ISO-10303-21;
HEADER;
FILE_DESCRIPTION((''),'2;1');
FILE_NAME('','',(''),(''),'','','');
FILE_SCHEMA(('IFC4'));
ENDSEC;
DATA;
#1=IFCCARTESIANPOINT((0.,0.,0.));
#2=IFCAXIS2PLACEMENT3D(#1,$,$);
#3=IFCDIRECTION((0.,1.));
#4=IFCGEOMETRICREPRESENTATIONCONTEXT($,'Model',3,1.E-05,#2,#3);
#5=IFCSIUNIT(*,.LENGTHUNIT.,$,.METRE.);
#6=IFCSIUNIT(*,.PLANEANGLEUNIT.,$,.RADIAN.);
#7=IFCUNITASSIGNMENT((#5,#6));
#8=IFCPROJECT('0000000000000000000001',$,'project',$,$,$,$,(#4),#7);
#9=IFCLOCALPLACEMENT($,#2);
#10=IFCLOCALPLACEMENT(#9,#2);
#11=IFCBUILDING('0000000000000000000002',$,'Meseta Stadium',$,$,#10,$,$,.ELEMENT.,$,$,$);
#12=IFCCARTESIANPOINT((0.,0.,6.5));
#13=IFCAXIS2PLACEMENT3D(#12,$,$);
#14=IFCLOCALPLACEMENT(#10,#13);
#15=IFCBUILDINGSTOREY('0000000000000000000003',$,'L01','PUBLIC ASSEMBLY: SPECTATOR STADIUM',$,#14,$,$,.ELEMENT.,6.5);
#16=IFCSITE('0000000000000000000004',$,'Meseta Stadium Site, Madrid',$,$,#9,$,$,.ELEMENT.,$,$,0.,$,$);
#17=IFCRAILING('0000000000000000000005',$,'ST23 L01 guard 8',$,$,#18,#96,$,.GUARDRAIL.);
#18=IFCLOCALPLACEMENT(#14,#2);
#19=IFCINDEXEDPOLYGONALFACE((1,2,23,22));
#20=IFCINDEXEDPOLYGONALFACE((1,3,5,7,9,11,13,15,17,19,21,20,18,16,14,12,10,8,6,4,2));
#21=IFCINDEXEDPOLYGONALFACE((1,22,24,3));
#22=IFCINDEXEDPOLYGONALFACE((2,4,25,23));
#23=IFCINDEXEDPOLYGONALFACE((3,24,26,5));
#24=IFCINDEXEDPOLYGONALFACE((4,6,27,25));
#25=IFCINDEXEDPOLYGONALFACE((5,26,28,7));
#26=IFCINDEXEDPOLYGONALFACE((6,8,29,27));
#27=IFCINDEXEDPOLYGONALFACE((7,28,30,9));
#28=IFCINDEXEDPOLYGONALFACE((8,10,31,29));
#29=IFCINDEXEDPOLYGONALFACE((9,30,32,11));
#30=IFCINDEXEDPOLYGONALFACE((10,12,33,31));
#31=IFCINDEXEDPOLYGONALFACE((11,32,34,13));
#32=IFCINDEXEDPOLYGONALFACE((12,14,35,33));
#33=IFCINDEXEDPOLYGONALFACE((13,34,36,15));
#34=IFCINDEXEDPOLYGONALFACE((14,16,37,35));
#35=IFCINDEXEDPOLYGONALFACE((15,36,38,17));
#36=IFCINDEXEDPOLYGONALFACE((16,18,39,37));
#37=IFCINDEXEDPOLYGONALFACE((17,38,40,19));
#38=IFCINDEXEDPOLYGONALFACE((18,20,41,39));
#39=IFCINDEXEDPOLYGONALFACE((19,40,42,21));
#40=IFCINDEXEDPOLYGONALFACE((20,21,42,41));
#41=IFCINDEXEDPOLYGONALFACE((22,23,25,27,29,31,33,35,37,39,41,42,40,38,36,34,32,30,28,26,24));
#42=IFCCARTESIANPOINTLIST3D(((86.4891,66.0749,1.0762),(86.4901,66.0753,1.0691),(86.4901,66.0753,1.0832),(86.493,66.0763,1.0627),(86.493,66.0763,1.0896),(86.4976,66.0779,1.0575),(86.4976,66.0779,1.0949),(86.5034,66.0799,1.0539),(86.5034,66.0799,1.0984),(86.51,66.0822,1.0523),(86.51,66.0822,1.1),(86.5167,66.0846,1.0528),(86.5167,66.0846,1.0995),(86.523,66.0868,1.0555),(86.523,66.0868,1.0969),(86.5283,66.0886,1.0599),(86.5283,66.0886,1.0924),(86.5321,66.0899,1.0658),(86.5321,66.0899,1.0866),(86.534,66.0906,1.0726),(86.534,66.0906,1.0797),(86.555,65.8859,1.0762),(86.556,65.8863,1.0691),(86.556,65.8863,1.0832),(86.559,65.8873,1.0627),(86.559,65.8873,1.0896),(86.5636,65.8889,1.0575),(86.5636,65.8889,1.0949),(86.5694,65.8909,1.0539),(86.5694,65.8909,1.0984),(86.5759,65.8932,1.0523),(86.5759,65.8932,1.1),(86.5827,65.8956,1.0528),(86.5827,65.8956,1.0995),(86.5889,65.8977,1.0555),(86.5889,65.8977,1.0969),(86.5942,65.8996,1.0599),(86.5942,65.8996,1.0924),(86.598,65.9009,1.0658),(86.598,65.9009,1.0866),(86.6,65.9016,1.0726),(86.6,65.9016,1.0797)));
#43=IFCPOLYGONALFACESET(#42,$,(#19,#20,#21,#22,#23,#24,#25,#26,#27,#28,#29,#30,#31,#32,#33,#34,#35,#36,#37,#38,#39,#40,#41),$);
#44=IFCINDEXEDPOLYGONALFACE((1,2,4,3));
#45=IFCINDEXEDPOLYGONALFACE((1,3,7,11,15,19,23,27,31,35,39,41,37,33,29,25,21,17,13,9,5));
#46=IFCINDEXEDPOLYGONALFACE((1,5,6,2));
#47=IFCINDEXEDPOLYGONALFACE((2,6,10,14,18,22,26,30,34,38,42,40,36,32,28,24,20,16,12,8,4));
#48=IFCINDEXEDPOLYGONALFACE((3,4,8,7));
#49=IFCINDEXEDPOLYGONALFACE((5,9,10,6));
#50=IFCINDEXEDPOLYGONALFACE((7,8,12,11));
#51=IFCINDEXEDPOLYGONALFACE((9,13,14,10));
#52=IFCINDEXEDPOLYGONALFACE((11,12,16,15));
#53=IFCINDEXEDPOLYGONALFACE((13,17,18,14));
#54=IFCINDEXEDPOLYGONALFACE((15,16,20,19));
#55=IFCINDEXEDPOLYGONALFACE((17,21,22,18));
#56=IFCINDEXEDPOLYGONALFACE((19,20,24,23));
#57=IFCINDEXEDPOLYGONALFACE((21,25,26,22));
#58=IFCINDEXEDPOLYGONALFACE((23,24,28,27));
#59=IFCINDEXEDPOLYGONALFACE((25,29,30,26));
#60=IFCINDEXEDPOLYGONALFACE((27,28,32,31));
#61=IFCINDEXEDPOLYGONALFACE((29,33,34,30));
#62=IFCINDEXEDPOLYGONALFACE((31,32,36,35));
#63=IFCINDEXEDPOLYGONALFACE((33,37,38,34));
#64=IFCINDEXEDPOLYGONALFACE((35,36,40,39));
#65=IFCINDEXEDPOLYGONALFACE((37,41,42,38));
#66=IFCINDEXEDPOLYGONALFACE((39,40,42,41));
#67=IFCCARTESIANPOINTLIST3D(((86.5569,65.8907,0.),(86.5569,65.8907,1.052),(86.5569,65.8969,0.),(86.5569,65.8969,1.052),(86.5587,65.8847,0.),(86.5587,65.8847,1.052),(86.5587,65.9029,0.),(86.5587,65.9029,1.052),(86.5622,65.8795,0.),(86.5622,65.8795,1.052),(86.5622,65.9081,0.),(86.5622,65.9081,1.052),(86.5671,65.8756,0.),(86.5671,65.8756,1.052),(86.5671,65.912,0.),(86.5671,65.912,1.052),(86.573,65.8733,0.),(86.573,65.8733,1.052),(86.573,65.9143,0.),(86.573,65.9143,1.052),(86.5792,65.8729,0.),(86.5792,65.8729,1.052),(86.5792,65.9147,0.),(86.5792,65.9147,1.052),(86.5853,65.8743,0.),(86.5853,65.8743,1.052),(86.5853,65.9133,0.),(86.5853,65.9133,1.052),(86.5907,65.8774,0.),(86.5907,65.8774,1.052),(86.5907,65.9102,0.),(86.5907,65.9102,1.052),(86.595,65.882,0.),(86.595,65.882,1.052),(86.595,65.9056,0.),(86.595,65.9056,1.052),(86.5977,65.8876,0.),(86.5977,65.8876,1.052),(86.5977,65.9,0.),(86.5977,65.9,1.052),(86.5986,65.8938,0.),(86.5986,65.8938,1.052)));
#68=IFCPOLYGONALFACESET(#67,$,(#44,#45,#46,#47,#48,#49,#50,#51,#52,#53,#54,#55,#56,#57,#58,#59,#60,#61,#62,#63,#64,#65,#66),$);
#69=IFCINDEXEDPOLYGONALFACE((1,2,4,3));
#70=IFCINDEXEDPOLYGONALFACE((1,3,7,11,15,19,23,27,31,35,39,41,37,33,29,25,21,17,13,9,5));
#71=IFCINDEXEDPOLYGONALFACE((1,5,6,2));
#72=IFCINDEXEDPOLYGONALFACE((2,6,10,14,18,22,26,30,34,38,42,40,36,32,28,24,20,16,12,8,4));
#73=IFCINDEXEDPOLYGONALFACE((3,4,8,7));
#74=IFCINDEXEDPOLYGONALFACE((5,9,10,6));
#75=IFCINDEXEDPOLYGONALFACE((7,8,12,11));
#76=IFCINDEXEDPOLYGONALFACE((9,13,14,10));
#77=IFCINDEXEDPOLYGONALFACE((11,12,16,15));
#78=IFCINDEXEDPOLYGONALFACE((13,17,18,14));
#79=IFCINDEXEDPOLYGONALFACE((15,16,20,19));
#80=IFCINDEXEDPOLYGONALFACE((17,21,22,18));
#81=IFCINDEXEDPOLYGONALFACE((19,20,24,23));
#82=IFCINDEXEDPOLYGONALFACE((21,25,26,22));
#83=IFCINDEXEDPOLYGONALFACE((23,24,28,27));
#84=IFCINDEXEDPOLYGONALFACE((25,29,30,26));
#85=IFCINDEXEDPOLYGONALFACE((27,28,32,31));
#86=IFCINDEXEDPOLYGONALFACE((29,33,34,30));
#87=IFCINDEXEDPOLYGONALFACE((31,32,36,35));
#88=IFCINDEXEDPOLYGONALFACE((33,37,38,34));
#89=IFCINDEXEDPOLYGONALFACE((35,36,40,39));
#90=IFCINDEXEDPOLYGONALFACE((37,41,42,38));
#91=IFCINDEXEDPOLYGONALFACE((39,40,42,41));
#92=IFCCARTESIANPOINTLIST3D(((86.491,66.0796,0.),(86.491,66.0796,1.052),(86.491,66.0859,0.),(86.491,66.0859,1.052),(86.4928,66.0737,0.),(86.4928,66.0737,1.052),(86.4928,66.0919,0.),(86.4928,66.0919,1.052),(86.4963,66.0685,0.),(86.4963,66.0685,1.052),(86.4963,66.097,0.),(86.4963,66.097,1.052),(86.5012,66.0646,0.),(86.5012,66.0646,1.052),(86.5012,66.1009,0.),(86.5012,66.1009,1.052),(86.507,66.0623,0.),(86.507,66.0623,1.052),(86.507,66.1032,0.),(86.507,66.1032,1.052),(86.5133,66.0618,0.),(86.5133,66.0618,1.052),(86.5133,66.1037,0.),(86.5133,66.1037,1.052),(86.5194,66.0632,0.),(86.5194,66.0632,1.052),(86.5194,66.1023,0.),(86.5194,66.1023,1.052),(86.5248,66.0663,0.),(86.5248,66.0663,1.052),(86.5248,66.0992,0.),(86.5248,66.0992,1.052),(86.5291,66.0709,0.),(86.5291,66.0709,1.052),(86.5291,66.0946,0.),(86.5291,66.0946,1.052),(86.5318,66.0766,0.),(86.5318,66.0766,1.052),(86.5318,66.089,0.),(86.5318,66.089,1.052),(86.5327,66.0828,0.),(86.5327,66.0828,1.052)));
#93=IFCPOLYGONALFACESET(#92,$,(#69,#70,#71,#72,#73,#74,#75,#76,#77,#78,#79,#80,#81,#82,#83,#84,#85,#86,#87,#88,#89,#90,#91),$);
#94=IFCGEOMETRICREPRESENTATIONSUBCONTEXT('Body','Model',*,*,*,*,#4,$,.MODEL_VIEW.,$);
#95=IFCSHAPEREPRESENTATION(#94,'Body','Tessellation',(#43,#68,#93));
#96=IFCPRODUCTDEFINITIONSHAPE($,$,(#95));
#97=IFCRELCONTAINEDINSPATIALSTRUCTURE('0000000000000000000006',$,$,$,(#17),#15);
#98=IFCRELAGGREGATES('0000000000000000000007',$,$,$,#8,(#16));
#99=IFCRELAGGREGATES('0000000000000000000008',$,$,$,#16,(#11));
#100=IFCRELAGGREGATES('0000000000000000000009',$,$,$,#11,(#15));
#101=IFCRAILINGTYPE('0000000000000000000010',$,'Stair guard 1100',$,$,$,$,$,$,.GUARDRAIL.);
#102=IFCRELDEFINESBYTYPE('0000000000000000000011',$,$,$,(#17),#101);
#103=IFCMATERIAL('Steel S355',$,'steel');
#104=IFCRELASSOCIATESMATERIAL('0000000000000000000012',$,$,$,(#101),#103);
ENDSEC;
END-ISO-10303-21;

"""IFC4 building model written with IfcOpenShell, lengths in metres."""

from ifc_helpers import new_model, si_unit, direction, frame, origin, origin_2d, place, context, subcontext, project, spatial, circle, extrude, material, type_object, element, save


model = new_model("IFC4")

# Units and contexts
model_context = context("Model", 3, precision=1e-05, world=origin(), true_north=direction((0.0, 1.0)))
body_context = subcontext(model_context, "Body", "Model", "MODEL_VIEW")
ifc_project = project(units=[si_unit("LENGTHUNIT", "METRE"), si_unit("PLANEANGLEUNIT", "RADIAN")], contexts=[model_context])

# Site, building, storey
site_placement = place(None, origin())
site = spatial("IfcSite", under=ifc_project, at=site_placement, Name="Meseta Stadium Site, Madrid", CompositionType="ELEMENT", RefElevation=0.0)
building_placement = place(site_placement, origin())
building = spatial("IfcBuilding", under=site, at=building_placement, Name="Meseta Stadium", CompositionType="ELEMENT")
storey_placement = place(building_placement, frame((0.0, 0.0, 6.5)))
storey = spatial("IfcBuildingStorey", under=building, at=storey_placement, Name="L01", Description="PUBLIC ASSEMBLY: SPECTATOR STADIUM", CompositionType="ELEMENT", Elevation=6.5)

# Railing
ifc_material_1 = material(Name="Steel S355", Category="steel")
railing_type_1 = type_object("IfcRailingType", Name="Stair guard 1100", PredefinedType="GUARDRAIL", material=ifc_material_1)
railing_1_placement = place(storey_placement, frame((86.5776, 65.8938, 0.0)))
element("IfcRailing", 1, at=railing_1_placement, inside=storey, type_object=railing_type_1, Name="ST23 L01 guard 8", PredefinedType="GUARDRAIL", context=body_context, shape_type="SweptSolid", body=[
    extrude(circle(Radius=0.0239, at=origin_2d()), frame((0.0, 0.0, 1.0762), z_axis=(-0.329372, 0.9442, 0.0), x_axis=(-0.9442, -0.329372, 0.0)), (0.0, 0.0, 1.0), 0.2002),
    extrude(circle(Radius=0.021, at=origin_2d()), origin(), (0.0, 0.0, 1.0), 1.052),
    extrude(circle(Radius=0.021, at=origin_2d()), frame((-0.0659, 0.189, 0.0)), (0.0, 0.0, 1.0), 1.052),
])

save(model, "model.ifc")
